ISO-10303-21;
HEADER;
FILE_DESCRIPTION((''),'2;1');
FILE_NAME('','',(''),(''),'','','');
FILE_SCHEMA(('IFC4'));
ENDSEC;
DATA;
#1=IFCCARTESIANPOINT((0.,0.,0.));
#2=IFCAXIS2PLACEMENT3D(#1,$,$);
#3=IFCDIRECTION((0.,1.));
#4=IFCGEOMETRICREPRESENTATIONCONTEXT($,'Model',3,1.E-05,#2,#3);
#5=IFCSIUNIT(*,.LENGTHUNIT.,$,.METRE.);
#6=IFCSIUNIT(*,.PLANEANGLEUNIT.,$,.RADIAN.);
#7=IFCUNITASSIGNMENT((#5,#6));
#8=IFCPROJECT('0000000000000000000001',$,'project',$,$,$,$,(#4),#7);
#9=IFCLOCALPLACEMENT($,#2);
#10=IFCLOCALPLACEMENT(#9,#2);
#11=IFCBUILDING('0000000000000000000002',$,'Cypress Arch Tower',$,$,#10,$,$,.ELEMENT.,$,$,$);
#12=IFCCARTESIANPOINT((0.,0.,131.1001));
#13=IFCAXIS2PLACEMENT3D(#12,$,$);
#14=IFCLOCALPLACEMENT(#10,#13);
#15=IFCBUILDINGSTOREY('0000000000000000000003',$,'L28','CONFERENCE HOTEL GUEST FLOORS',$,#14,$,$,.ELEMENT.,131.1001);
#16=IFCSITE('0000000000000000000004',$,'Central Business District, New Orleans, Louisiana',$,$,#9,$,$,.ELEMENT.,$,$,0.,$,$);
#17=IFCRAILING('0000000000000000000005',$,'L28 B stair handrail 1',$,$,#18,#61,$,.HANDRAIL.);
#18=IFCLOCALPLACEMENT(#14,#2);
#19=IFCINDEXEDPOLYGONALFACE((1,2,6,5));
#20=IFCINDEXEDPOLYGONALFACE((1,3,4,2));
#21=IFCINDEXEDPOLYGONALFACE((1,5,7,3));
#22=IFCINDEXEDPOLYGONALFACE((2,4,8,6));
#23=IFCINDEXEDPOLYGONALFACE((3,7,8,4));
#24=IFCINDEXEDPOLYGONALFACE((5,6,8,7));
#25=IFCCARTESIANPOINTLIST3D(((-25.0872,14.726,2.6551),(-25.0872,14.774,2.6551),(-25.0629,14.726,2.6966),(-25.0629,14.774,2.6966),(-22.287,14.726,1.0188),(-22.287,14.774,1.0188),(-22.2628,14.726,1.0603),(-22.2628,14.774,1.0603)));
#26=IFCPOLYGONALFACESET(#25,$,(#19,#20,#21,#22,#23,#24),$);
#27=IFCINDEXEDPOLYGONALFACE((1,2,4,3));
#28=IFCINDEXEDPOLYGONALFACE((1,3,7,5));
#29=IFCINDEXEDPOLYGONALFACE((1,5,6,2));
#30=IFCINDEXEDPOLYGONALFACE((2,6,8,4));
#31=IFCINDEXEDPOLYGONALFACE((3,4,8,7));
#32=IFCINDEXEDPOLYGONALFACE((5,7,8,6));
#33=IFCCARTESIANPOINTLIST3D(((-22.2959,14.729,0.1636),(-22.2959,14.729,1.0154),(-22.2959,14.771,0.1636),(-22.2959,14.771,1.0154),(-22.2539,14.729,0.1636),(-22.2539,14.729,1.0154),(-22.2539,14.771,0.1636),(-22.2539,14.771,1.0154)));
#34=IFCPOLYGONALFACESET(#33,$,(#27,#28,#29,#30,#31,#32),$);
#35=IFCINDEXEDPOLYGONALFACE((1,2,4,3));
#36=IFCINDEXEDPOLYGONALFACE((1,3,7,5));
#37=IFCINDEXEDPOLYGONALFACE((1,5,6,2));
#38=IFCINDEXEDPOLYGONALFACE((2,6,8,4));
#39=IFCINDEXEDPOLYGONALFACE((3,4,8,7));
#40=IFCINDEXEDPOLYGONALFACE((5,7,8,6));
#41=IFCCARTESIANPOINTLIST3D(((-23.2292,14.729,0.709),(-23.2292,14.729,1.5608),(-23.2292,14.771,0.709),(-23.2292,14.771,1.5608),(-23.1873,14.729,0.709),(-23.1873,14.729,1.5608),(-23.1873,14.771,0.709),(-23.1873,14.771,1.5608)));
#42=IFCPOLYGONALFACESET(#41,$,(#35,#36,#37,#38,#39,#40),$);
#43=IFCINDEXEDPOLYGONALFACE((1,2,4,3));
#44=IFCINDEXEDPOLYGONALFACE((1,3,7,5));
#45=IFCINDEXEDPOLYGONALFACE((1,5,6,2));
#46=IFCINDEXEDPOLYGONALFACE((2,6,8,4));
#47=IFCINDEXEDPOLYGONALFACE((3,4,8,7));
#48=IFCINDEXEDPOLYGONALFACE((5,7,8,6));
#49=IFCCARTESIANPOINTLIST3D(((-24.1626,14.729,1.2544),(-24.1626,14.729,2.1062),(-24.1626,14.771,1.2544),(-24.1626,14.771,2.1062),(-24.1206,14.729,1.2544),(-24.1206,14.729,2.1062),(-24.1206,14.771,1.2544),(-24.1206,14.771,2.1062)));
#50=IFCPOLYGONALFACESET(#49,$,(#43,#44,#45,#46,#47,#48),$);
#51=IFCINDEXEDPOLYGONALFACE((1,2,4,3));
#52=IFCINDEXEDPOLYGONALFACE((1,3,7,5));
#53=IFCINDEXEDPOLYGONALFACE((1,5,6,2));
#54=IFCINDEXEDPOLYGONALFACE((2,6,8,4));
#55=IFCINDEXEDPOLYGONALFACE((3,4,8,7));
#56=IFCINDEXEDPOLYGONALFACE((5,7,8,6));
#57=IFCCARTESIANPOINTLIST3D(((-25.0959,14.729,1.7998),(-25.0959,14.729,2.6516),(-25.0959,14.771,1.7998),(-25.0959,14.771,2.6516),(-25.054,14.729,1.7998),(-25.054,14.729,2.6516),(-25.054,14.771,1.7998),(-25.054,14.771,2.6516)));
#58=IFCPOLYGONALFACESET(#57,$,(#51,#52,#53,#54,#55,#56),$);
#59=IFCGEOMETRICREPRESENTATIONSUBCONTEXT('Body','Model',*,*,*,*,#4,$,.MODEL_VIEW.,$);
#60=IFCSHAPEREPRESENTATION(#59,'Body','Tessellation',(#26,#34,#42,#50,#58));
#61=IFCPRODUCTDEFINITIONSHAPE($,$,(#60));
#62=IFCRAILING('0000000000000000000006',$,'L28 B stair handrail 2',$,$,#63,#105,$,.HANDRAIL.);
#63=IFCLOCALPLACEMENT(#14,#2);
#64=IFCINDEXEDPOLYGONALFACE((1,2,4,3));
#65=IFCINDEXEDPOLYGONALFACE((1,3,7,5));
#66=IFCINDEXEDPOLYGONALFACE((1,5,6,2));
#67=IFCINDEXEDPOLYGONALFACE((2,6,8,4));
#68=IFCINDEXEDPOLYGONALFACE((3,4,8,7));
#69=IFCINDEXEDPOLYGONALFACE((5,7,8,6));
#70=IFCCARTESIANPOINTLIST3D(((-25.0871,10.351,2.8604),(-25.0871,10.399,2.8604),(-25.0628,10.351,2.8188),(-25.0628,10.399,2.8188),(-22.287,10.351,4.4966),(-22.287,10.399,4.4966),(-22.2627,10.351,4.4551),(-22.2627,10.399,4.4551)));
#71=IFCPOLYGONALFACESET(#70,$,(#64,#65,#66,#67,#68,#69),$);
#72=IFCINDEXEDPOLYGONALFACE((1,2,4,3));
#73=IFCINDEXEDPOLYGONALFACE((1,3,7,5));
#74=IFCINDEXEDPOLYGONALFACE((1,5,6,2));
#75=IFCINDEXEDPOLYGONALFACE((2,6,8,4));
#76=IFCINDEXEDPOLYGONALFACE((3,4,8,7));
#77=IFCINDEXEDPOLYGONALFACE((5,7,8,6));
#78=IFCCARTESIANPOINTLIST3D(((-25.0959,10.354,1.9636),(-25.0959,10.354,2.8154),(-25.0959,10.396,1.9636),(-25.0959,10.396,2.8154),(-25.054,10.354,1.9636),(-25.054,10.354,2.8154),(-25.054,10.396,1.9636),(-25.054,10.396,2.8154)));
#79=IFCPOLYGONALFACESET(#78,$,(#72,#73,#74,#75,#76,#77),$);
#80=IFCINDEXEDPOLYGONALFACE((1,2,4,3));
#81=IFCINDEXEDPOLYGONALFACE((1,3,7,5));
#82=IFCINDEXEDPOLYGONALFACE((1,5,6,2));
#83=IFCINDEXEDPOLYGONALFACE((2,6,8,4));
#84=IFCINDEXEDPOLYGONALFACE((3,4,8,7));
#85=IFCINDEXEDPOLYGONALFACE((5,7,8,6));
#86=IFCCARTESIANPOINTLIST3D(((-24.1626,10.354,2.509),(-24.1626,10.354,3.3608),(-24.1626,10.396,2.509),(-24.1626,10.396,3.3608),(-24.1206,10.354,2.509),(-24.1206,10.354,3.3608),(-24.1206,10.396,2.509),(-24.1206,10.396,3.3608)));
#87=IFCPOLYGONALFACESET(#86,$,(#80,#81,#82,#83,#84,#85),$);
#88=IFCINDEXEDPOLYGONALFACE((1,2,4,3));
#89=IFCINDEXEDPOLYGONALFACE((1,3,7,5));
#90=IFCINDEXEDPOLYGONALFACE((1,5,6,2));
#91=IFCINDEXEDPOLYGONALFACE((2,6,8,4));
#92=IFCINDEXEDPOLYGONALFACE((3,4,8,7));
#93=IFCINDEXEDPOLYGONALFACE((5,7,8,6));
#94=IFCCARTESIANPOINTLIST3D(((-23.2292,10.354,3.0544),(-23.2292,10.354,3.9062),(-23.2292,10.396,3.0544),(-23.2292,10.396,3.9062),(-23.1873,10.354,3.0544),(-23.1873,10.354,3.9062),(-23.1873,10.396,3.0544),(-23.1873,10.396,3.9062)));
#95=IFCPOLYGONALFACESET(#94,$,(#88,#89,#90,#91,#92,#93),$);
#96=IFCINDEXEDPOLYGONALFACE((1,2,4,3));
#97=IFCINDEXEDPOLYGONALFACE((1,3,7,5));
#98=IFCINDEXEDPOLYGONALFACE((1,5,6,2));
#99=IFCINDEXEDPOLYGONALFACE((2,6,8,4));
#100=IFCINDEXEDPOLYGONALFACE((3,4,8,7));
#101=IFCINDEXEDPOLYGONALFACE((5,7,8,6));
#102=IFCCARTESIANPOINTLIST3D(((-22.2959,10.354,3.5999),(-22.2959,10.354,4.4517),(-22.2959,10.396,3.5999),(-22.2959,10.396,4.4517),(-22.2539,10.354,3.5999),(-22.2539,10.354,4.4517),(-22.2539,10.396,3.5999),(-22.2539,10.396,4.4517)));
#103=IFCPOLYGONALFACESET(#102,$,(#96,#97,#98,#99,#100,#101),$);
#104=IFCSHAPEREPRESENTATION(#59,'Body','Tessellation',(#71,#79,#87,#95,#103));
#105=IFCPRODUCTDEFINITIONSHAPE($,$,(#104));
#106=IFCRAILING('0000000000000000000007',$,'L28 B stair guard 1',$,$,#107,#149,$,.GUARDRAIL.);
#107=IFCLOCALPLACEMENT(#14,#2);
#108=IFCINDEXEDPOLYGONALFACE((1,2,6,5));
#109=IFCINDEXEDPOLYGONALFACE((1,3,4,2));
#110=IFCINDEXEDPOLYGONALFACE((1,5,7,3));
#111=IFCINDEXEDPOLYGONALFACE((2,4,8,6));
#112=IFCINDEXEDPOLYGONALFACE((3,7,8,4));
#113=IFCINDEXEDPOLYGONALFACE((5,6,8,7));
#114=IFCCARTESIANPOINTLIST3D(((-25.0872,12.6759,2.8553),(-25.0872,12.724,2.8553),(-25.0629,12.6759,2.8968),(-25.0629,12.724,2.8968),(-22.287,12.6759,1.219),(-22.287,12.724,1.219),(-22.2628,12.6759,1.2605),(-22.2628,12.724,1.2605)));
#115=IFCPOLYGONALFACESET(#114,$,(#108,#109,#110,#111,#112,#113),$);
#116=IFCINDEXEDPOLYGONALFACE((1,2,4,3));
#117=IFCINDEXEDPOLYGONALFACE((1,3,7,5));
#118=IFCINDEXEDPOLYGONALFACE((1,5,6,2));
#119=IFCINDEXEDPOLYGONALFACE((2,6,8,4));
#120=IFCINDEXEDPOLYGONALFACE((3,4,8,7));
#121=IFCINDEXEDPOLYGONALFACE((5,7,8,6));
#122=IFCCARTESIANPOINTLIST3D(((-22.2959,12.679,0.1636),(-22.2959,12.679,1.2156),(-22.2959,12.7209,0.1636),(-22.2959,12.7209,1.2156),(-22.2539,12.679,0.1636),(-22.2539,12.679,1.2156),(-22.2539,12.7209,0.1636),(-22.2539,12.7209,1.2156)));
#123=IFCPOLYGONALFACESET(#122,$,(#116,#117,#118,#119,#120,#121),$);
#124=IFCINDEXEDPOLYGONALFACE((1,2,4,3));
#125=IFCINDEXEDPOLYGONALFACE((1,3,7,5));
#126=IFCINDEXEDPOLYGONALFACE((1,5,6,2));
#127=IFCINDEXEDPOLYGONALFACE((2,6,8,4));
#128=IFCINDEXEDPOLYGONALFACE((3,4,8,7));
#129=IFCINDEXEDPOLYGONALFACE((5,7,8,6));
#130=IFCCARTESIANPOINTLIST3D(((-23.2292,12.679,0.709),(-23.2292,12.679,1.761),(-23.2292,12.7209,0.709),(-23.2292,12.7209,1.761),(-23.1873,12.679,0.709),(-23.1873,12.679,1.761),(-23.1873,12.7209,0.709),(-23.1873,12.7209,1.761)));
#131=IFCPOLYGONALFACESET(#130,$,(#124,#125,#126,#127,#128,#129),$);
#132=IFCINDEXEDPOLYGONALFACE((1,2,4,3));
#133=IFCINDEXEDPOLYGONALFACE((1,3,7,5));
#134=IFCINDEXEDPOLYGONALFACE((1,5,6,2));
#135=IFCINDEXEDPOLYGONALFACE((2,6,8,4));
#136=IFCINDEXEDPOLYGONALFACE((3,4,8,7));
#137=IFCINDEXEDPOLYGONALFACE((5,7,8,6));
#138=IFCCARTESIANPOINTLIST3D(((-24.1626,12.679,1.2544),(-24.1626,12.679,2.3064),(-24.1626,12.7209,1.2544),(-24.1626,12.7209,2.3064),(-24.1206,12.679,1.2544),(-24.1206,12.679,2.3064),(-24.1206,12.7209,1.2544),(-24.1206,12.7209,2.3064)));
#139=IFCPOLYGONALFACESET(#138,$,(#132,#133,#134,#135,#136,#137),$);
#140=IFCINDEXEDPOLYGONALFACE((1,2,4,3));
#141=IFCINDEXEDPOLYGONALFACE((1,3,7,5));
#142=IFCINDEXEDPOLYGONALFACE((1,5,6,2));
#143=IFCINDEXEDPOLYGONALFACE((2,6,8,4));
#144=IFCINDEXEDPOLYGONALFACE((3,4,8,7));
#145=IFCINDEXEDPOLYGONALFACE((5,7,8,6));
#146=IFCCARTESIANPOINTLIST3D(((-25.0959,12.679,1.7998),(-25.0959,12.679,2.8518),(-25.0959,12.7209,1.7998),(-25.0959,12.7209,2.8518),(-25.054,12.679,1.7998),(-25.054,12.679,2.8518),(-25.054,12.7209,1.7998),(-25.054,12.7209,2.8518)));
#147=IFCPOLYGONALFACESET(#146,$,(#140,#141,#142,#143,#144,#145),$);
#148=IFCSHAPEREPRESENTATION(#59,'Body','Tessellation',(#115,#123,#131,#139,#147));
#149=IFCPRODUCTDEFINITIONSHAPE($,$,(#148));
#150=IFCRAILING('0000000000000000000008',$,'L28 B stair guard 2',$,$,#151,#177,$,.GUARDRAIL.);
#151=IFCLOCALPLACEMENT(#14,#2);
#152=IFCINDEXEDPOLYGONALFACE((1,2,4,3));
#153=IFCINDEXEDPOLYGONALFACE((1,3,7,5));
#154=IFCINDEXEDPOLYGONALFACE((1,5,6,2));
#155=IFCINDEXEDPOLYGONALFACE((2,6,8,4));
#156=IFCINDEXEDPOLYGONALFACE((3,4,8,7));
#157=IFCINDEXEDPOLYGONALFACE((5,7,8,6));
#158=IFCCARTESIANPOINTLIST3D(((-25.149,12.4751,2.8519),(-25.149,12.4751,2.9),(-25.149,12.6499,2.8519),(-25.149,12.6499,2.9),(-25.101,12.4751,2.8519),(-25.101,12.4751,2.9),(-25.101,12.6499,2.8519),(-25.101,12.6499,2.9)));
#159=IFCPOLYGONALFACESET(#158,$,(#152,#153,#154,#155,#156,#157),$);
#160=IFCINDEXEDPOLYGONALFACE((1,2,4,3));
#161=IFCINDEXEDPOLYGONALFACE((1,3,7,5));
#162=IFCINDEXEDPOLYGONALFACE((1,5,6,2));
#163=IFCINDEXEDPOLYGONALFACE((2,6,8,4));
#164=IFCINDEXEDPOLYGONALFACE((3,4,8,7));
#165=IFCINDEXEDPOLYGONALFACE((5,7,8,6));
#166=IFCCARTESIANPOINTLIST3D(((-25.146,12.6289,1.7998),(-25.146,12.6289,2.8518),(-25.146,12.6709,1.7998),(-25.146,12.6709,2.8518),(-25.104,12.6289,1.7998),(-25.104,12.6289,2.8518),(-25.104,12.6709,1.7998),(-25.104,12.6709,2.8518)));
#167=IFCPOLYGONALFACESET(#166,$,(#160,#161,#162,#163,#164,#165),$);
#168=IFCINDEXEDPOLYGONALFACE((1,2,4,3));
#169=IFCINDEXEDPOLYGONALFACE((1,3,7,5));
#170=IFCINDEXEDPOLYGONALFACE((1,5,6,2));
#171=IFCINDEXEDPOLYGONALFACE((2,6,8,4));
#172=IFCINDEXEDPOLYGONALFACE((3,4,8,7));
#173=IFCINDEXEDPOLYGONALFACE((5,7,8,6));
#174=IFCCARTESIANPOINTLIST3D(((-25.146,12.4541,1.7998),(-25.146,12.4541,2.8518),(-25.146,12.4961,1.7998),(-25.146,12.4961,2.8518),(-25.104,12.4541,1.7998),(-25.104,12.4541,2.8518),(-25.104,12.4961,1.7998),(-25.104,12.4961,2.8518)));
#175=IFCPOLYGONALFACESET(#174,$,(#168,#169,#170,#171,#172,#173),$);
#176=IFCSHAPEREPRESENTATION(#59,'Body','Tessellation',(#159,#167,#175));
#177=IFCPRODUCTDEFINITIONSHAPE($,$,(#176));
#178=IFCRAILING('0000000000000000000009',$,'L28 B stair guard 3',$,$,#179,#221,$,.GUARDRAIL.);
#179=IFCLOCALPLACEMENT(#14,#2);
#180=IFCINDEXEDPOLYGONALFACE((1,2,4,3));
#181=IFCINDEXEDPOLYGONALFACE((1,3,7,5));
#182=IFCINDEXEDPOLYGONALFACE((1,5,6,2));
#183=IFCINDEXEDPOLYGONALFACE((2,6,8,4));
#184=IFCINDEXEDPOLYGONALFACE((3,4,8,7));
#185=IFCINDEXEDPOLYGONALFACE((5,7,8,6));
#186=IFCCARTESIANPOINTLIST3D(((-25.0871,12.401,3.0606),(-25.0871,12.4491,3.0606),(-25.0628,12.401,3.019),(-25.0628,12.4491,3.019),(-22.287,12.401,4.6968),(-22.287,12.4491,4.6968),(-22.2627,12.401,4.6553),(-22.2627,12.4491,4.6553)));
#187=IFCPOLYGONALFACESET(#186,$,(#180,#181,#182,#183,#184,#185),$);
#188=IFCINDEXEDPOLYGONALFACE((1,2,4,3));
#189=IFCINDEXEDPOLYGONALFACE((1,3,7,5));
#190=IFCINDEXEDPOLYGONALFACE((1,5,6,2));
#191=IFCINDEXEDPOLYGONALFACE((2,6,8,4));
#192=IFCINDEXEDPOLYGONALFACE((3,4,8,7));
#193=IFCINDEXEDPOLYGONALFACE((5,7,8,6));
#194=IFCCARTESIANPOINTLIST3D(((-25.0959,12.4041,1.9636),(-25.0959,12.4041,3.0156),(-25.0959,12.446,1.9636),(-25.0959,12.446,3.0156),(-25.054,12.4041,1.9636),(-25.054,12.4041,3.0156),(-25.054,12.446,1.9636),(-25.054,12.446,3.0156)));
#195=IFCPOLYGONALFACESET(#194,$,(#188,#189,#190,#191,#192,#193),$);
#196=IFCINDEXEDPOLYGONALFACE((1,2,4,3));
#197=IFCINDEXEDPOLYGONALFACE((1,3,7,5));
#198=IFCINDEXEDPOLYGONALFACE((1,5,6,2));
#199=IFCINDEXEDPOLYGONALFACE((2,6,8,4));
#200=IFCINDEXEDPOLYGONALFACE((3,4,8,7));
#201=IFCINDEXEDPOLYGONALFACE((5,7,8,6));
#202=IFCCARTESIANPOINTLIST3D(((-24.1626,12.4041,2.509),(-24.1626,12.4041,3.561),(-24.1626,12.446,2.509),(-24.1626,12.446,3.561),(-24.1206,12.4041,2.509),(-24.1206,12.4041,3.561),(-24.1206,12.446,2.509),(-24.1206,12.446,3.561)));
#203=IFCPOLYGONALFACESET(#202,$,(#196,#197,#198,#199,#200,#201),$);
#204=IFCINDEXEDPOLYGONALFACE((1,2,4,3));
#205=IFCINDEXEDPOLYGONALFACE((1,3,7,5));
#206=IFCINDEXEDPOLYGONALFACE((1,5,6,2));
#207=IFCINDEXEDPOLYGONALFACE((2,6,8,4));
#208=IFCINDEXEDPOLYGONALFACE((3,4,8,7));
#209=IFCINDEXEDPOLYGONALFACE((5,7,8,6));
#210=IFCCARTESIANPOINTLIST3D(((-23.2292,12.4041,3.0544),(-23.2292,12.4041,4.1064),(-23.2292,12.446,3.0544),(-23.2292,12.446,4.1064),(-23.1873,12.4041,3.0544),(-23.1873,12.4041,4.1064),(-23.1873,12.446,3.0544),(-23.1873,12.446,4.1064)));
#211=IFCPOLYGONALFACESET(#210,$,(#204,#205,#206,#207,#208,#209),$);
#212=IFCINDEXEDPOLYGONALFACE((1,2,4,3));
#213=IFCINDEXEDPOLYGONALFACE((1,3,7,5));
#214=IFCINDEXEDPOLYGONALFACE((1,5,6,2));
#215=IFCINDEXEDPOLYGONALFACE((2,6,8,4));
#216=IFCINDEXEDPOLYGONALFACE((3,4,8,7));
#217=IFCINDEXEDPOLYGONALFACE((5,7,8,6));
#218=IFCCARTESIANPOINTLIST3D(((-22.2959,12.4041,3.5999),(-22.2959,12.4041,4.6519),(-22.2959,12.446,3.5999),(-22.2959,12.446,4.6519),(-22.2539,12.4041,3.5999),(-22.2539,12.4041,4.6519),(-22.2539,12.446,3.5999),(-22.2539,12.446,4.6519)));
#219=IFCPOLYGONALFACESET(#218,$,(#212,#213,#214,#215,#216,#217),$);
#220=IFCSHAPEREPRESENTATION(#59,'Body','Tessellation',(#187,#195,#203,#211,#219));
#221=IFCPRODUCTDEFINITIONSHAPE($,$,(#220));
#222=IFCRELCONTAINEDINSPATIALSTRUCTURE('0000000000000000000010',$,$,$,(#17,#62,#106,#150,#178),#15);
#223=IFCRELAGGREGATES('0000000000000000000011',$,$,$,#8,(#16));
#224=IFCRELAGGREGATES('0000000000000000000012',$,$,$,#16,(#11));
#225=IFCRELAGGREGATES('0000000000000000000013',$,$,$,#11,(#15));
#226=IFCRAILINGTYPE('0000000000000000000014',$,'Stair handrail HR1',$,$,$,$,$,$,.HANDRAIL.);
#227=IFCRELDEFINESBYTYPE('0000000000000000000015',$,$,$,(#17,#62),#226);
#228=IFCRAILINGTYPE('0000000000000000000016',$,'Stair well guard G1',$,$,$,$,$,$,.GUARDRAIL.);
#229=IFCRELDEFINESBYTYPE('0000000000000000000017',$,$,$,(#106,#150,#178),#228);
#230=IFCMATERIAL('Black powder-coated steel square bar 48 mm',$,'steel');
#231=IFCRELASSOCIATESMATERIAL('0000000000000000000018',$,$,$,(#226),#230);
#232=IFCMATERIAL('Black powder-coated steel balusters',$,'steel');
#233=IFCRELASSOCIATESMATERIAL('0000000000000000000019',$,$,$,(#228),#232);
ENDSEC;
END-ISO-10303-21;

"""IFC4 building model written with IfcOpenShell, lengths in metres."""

from ifc_helpers import new_model, si_unit, direction, frame, origin, origin_2d, place, context, subcontext, project, spatial, rectangle, extrude, material, type_object, element, save


model = new_model("IFC4")

# Units and contexts
model_context = context("Model", 3, precision=1e-05, world=origin(), true_north=direction((0.0, 1.0)))
body_context = subcontext(model_context, "Body", "Model", "MODEL_VIEW")
ifc_project = project(units=[si_unit("LENGTHUNIT", "METRE"), si_unit("PLANEANGLEUNIT", "RADIAN")], contexts=[model_context])

# Site, building, storey
site_placement = place(None, origin())
site = spatial("IfcSite", under=ifc_project, at=site_placement, Name="Central Business District, New Orleans, Louisiana", CompositionType="ELEMENT", RefElevation=0.0)
building_placement = place(site_placement, origin())
building = spatial("IfcBuilding", under=site, at=building_placement, Name="Cypress Arch Tower", CompositionType="ELEMENT")
storey_placement = place(building_placement, frame((0.0, 0.0, 131.1001)))
storey = spatial("IfcBuildingStorey", under=building, at=storey_placement, Name="L28", Description="CONFERENCE HOTEL GUEST FLOORS", CompositionType="ELEMENT", Elevation=131.1001)

# Railings
ifc_material_1 = material(Name="Black powder-coated steel square bar 48 mm", Category="steel")
railing_type_1 = type_object("IfcRailingType", Name="Stair handrail HR1", PredefinedType="HANDRAIL", material=ifc_material_1)
railing_1_placement = place(storey_placement, frame((-22.2749, 14.75, 0.1636)))
element("IfcRailing", 1, at=railing_1_placement, inside=storey, type_object=railing_type_1, Name="L28 B stair handrail 1", PredefinedType="HANDRAIL", context=body_context, shape_type="SweptSolid", body=[
    extrude(rectangle(XDim=0.0481, YDim=0.0481, at=origin_2d()), frame((0.0, 0.0, 0.876), z_axis=(-0.863394, 0.0, 0.504531), x_axis=(0.0, -1.0, 0.0)), (0.0, 0.0, 1.0), 3.2432),
    extrude(rectangle(XDim=0.042, YDim=0.042, at=origin_2d()), origin(), (0.0, 0.0, 1.0), 0.8518),
    extrude(rectangle(XDim=0.042, YDim=0.042, at=origin_2d()), frame((-0.9333, 0.0, 0.5454)), (0.0, 0.0, 1.0), 0.8518),
    extrude(rectangle(XDim=0.042, YDim=0.042, at=origin_2d()), frame((-1.8667, 0.0, 1.0908)), (0.0, 0.0, 1.0), 0.8518),
    extrude(rectangle(XDim=0.042, YDim=0.042, at=origin_2d()), frame((-2.8, 0.0, 1.6362)), (0.0, 0.0, 1.0), 0.8518),
])
railing_2_placement = place(storey_placement, frame((-25.075, 10.375, 1.9636)))
element("IfcRailing", 2, at=railing_2_placement, inside=storey, type_object=railing_type_1, Name="L28 B stair handrail 2", PredefinedType="HANDRAIL", context=body_context, shape_type="SweptSolid", body=[
    extrude(rectangle(XDim=0.0481, YDim=0.0481, at=origin_2d()), frame((0.0, 0.0, 0.876), z_axis=(0.863394, 0.0, 0.504531), x_axis=(0.0, 1.0, 0.0)), (0.0, 0.0, 1.0), 3.2432),
    extrude(rectangle(XDim=0.042, YDim=0.042, at=origin_2d()), origin(), (0.0, 0.0, 1.0), 0.8518),
    extrude(rectangle(XDim=0.042, YDim=0.042, at=origin_2d()), frame((0.9333, 0.0, 0.5454)), (0.0, 0.0, 1.0), 0.8518),
    extrude(rectangle(XDim=0.042, YDim=0.042, at=origin_2d()), frame((1.8667, 0.0, 1.0908)), (0.0, 0.0, 1.0), 0.8518),
    extrude(rectangle(XDim=0.042, YDim=0.042, at=origin_2d()), frame((2.8, 0.0, 1.6362)), (0.0, 0.0, 1.0), 0.8518),
])
ifc_material_2 = material(Name="Black powder-coated steel balusters", Category="steel")
railing_type_2 = type_object("IfcRailingType", Name="Stair well guard G1", PredefinedType="GUARDRAIL", material=ifc_material_2)
railing_3_placement = place(storey_placement, frame((-22.2749, 12.7, 0.1636)))
element("IfcRailing", 3, at=railing_3_placement, inside=storey, type_object=railing_type_2, Name="L28 B stair guard 1", PredefinedType="GUARDRAIL", context=body_context, shape_type="SweptSolid", body=[
    extrude(rectangle(XDim=0.0481, YDim=0.0481, at=origin_2d()), frame((0.0, 0.0, 1.0762), z_axis=(-0.863394, 0.0, 0.504531), x_axis=(0.0, -1.0, 0.0)), (0.0, 0.0, 1.0), 3.2432),
    extrude(rectangle(XDim=0.042, YDim=0.042, at=origin_2d()), origin(), (0.0, 0.0, 1.0), 1.052),
    extrude(rectangle(XDim=0.042, YDim=0.042, at=origin_2d()), frame((-0.9333, 0.0, 0.5454)), (0.0, 0.0, 1.0), 1.052),
    extrude(rectangle(XDim=0.042, YDim=0.042, at=origin_2d()), frame((-1.8667, 0.0, 1.0908)), (0.0, 0.0, 1.0), 1.052),
    extrude(rectangle(XDim=0.042, YDim=0.042, at=origin_2d()), frame((-2.8, 0.0, 1.6362)), (0.0, 0.0, 1.0), 1.052),
])
railing_4_placement = place(storey_placement, frame((-25.125, 12.6499, 1.7998)))
element("IfcRailing", 4, at=railing_4_placement, inside=storey, type_object=railing_type_2, Name="L28 B stair guard 2", PredefinedType="GUARDRAIL", context=body_context, shape_type="SweptSolid", body=[
    extrude(rectangle(XDim=0.0481, YDim=0.0481, at=origin_2d()), frame((0.0, 0.0, 1.0762), z_axis=(0.0, -1.0, 0.0), x_axis=(1.0, 0.0, 0.0)), (0.0, 0.0, 1.0), 0.1748),
    extrude(rectangle(XDim=0.042, YDim=0.042, at=origin_2d()), origin(), (0.0, 0.0, 1.0), 1.052),
    extrude(rectangle(XDim=0.042, YDim=0.042, at=origin_2d()), frame((0.0, -0.1748, 0.0)), (0.0, 0.0, 1.0), 1.052),
])
railing_5_placement = place(storey_placement, frame((-25.075, 12.425, 1.9636)))
element("IfcRailing", 5, at=railing_5_placement, inside=storey, type_object=railing_type_2, Name="L28 B stair guard 3", PredefinedType="GUARDRAIL", context=body_context, shape_type="SweptSolid", body=[
    extrude(rectangle(XDim=0.0481, YDim=0.0481, at=origin_2d()), frame((0.0, 0.0, 1.0762), z_axis=(0.863394, 0.0, 0.504531), x_axis=(0.0, 1.0, 0.0)), (0.0, 0.0, 1.0), 3.2432),
    extrude(rectangle(XDim=0.042, YDim=0.042, at=origin_2d()), origin(), (0.0, 0.0, 1.0), 1.052),
    extrude(rectangle(XDim=0.042, YDim=0.042, at=origin_2d()), frame((0.9333, 0.0, 0.5454)), (0.0, 0.0, 1.0), 1.052),
    extrude(rectangle(XDim=0.042, YDim=0.042, at=origin_2d()), frame((1.8667, 0.0, 1.0908)), (0.0, 0.0, 1.0), 1.052),
    extrude(rectangle(XDim=0.042, YDim=0.042, at=origin_2d()), frame((2.8, 0.0, 1.6362)), (0.0, 0.0, 1.0), 1.052),
])

save(model, "model.ifc")
